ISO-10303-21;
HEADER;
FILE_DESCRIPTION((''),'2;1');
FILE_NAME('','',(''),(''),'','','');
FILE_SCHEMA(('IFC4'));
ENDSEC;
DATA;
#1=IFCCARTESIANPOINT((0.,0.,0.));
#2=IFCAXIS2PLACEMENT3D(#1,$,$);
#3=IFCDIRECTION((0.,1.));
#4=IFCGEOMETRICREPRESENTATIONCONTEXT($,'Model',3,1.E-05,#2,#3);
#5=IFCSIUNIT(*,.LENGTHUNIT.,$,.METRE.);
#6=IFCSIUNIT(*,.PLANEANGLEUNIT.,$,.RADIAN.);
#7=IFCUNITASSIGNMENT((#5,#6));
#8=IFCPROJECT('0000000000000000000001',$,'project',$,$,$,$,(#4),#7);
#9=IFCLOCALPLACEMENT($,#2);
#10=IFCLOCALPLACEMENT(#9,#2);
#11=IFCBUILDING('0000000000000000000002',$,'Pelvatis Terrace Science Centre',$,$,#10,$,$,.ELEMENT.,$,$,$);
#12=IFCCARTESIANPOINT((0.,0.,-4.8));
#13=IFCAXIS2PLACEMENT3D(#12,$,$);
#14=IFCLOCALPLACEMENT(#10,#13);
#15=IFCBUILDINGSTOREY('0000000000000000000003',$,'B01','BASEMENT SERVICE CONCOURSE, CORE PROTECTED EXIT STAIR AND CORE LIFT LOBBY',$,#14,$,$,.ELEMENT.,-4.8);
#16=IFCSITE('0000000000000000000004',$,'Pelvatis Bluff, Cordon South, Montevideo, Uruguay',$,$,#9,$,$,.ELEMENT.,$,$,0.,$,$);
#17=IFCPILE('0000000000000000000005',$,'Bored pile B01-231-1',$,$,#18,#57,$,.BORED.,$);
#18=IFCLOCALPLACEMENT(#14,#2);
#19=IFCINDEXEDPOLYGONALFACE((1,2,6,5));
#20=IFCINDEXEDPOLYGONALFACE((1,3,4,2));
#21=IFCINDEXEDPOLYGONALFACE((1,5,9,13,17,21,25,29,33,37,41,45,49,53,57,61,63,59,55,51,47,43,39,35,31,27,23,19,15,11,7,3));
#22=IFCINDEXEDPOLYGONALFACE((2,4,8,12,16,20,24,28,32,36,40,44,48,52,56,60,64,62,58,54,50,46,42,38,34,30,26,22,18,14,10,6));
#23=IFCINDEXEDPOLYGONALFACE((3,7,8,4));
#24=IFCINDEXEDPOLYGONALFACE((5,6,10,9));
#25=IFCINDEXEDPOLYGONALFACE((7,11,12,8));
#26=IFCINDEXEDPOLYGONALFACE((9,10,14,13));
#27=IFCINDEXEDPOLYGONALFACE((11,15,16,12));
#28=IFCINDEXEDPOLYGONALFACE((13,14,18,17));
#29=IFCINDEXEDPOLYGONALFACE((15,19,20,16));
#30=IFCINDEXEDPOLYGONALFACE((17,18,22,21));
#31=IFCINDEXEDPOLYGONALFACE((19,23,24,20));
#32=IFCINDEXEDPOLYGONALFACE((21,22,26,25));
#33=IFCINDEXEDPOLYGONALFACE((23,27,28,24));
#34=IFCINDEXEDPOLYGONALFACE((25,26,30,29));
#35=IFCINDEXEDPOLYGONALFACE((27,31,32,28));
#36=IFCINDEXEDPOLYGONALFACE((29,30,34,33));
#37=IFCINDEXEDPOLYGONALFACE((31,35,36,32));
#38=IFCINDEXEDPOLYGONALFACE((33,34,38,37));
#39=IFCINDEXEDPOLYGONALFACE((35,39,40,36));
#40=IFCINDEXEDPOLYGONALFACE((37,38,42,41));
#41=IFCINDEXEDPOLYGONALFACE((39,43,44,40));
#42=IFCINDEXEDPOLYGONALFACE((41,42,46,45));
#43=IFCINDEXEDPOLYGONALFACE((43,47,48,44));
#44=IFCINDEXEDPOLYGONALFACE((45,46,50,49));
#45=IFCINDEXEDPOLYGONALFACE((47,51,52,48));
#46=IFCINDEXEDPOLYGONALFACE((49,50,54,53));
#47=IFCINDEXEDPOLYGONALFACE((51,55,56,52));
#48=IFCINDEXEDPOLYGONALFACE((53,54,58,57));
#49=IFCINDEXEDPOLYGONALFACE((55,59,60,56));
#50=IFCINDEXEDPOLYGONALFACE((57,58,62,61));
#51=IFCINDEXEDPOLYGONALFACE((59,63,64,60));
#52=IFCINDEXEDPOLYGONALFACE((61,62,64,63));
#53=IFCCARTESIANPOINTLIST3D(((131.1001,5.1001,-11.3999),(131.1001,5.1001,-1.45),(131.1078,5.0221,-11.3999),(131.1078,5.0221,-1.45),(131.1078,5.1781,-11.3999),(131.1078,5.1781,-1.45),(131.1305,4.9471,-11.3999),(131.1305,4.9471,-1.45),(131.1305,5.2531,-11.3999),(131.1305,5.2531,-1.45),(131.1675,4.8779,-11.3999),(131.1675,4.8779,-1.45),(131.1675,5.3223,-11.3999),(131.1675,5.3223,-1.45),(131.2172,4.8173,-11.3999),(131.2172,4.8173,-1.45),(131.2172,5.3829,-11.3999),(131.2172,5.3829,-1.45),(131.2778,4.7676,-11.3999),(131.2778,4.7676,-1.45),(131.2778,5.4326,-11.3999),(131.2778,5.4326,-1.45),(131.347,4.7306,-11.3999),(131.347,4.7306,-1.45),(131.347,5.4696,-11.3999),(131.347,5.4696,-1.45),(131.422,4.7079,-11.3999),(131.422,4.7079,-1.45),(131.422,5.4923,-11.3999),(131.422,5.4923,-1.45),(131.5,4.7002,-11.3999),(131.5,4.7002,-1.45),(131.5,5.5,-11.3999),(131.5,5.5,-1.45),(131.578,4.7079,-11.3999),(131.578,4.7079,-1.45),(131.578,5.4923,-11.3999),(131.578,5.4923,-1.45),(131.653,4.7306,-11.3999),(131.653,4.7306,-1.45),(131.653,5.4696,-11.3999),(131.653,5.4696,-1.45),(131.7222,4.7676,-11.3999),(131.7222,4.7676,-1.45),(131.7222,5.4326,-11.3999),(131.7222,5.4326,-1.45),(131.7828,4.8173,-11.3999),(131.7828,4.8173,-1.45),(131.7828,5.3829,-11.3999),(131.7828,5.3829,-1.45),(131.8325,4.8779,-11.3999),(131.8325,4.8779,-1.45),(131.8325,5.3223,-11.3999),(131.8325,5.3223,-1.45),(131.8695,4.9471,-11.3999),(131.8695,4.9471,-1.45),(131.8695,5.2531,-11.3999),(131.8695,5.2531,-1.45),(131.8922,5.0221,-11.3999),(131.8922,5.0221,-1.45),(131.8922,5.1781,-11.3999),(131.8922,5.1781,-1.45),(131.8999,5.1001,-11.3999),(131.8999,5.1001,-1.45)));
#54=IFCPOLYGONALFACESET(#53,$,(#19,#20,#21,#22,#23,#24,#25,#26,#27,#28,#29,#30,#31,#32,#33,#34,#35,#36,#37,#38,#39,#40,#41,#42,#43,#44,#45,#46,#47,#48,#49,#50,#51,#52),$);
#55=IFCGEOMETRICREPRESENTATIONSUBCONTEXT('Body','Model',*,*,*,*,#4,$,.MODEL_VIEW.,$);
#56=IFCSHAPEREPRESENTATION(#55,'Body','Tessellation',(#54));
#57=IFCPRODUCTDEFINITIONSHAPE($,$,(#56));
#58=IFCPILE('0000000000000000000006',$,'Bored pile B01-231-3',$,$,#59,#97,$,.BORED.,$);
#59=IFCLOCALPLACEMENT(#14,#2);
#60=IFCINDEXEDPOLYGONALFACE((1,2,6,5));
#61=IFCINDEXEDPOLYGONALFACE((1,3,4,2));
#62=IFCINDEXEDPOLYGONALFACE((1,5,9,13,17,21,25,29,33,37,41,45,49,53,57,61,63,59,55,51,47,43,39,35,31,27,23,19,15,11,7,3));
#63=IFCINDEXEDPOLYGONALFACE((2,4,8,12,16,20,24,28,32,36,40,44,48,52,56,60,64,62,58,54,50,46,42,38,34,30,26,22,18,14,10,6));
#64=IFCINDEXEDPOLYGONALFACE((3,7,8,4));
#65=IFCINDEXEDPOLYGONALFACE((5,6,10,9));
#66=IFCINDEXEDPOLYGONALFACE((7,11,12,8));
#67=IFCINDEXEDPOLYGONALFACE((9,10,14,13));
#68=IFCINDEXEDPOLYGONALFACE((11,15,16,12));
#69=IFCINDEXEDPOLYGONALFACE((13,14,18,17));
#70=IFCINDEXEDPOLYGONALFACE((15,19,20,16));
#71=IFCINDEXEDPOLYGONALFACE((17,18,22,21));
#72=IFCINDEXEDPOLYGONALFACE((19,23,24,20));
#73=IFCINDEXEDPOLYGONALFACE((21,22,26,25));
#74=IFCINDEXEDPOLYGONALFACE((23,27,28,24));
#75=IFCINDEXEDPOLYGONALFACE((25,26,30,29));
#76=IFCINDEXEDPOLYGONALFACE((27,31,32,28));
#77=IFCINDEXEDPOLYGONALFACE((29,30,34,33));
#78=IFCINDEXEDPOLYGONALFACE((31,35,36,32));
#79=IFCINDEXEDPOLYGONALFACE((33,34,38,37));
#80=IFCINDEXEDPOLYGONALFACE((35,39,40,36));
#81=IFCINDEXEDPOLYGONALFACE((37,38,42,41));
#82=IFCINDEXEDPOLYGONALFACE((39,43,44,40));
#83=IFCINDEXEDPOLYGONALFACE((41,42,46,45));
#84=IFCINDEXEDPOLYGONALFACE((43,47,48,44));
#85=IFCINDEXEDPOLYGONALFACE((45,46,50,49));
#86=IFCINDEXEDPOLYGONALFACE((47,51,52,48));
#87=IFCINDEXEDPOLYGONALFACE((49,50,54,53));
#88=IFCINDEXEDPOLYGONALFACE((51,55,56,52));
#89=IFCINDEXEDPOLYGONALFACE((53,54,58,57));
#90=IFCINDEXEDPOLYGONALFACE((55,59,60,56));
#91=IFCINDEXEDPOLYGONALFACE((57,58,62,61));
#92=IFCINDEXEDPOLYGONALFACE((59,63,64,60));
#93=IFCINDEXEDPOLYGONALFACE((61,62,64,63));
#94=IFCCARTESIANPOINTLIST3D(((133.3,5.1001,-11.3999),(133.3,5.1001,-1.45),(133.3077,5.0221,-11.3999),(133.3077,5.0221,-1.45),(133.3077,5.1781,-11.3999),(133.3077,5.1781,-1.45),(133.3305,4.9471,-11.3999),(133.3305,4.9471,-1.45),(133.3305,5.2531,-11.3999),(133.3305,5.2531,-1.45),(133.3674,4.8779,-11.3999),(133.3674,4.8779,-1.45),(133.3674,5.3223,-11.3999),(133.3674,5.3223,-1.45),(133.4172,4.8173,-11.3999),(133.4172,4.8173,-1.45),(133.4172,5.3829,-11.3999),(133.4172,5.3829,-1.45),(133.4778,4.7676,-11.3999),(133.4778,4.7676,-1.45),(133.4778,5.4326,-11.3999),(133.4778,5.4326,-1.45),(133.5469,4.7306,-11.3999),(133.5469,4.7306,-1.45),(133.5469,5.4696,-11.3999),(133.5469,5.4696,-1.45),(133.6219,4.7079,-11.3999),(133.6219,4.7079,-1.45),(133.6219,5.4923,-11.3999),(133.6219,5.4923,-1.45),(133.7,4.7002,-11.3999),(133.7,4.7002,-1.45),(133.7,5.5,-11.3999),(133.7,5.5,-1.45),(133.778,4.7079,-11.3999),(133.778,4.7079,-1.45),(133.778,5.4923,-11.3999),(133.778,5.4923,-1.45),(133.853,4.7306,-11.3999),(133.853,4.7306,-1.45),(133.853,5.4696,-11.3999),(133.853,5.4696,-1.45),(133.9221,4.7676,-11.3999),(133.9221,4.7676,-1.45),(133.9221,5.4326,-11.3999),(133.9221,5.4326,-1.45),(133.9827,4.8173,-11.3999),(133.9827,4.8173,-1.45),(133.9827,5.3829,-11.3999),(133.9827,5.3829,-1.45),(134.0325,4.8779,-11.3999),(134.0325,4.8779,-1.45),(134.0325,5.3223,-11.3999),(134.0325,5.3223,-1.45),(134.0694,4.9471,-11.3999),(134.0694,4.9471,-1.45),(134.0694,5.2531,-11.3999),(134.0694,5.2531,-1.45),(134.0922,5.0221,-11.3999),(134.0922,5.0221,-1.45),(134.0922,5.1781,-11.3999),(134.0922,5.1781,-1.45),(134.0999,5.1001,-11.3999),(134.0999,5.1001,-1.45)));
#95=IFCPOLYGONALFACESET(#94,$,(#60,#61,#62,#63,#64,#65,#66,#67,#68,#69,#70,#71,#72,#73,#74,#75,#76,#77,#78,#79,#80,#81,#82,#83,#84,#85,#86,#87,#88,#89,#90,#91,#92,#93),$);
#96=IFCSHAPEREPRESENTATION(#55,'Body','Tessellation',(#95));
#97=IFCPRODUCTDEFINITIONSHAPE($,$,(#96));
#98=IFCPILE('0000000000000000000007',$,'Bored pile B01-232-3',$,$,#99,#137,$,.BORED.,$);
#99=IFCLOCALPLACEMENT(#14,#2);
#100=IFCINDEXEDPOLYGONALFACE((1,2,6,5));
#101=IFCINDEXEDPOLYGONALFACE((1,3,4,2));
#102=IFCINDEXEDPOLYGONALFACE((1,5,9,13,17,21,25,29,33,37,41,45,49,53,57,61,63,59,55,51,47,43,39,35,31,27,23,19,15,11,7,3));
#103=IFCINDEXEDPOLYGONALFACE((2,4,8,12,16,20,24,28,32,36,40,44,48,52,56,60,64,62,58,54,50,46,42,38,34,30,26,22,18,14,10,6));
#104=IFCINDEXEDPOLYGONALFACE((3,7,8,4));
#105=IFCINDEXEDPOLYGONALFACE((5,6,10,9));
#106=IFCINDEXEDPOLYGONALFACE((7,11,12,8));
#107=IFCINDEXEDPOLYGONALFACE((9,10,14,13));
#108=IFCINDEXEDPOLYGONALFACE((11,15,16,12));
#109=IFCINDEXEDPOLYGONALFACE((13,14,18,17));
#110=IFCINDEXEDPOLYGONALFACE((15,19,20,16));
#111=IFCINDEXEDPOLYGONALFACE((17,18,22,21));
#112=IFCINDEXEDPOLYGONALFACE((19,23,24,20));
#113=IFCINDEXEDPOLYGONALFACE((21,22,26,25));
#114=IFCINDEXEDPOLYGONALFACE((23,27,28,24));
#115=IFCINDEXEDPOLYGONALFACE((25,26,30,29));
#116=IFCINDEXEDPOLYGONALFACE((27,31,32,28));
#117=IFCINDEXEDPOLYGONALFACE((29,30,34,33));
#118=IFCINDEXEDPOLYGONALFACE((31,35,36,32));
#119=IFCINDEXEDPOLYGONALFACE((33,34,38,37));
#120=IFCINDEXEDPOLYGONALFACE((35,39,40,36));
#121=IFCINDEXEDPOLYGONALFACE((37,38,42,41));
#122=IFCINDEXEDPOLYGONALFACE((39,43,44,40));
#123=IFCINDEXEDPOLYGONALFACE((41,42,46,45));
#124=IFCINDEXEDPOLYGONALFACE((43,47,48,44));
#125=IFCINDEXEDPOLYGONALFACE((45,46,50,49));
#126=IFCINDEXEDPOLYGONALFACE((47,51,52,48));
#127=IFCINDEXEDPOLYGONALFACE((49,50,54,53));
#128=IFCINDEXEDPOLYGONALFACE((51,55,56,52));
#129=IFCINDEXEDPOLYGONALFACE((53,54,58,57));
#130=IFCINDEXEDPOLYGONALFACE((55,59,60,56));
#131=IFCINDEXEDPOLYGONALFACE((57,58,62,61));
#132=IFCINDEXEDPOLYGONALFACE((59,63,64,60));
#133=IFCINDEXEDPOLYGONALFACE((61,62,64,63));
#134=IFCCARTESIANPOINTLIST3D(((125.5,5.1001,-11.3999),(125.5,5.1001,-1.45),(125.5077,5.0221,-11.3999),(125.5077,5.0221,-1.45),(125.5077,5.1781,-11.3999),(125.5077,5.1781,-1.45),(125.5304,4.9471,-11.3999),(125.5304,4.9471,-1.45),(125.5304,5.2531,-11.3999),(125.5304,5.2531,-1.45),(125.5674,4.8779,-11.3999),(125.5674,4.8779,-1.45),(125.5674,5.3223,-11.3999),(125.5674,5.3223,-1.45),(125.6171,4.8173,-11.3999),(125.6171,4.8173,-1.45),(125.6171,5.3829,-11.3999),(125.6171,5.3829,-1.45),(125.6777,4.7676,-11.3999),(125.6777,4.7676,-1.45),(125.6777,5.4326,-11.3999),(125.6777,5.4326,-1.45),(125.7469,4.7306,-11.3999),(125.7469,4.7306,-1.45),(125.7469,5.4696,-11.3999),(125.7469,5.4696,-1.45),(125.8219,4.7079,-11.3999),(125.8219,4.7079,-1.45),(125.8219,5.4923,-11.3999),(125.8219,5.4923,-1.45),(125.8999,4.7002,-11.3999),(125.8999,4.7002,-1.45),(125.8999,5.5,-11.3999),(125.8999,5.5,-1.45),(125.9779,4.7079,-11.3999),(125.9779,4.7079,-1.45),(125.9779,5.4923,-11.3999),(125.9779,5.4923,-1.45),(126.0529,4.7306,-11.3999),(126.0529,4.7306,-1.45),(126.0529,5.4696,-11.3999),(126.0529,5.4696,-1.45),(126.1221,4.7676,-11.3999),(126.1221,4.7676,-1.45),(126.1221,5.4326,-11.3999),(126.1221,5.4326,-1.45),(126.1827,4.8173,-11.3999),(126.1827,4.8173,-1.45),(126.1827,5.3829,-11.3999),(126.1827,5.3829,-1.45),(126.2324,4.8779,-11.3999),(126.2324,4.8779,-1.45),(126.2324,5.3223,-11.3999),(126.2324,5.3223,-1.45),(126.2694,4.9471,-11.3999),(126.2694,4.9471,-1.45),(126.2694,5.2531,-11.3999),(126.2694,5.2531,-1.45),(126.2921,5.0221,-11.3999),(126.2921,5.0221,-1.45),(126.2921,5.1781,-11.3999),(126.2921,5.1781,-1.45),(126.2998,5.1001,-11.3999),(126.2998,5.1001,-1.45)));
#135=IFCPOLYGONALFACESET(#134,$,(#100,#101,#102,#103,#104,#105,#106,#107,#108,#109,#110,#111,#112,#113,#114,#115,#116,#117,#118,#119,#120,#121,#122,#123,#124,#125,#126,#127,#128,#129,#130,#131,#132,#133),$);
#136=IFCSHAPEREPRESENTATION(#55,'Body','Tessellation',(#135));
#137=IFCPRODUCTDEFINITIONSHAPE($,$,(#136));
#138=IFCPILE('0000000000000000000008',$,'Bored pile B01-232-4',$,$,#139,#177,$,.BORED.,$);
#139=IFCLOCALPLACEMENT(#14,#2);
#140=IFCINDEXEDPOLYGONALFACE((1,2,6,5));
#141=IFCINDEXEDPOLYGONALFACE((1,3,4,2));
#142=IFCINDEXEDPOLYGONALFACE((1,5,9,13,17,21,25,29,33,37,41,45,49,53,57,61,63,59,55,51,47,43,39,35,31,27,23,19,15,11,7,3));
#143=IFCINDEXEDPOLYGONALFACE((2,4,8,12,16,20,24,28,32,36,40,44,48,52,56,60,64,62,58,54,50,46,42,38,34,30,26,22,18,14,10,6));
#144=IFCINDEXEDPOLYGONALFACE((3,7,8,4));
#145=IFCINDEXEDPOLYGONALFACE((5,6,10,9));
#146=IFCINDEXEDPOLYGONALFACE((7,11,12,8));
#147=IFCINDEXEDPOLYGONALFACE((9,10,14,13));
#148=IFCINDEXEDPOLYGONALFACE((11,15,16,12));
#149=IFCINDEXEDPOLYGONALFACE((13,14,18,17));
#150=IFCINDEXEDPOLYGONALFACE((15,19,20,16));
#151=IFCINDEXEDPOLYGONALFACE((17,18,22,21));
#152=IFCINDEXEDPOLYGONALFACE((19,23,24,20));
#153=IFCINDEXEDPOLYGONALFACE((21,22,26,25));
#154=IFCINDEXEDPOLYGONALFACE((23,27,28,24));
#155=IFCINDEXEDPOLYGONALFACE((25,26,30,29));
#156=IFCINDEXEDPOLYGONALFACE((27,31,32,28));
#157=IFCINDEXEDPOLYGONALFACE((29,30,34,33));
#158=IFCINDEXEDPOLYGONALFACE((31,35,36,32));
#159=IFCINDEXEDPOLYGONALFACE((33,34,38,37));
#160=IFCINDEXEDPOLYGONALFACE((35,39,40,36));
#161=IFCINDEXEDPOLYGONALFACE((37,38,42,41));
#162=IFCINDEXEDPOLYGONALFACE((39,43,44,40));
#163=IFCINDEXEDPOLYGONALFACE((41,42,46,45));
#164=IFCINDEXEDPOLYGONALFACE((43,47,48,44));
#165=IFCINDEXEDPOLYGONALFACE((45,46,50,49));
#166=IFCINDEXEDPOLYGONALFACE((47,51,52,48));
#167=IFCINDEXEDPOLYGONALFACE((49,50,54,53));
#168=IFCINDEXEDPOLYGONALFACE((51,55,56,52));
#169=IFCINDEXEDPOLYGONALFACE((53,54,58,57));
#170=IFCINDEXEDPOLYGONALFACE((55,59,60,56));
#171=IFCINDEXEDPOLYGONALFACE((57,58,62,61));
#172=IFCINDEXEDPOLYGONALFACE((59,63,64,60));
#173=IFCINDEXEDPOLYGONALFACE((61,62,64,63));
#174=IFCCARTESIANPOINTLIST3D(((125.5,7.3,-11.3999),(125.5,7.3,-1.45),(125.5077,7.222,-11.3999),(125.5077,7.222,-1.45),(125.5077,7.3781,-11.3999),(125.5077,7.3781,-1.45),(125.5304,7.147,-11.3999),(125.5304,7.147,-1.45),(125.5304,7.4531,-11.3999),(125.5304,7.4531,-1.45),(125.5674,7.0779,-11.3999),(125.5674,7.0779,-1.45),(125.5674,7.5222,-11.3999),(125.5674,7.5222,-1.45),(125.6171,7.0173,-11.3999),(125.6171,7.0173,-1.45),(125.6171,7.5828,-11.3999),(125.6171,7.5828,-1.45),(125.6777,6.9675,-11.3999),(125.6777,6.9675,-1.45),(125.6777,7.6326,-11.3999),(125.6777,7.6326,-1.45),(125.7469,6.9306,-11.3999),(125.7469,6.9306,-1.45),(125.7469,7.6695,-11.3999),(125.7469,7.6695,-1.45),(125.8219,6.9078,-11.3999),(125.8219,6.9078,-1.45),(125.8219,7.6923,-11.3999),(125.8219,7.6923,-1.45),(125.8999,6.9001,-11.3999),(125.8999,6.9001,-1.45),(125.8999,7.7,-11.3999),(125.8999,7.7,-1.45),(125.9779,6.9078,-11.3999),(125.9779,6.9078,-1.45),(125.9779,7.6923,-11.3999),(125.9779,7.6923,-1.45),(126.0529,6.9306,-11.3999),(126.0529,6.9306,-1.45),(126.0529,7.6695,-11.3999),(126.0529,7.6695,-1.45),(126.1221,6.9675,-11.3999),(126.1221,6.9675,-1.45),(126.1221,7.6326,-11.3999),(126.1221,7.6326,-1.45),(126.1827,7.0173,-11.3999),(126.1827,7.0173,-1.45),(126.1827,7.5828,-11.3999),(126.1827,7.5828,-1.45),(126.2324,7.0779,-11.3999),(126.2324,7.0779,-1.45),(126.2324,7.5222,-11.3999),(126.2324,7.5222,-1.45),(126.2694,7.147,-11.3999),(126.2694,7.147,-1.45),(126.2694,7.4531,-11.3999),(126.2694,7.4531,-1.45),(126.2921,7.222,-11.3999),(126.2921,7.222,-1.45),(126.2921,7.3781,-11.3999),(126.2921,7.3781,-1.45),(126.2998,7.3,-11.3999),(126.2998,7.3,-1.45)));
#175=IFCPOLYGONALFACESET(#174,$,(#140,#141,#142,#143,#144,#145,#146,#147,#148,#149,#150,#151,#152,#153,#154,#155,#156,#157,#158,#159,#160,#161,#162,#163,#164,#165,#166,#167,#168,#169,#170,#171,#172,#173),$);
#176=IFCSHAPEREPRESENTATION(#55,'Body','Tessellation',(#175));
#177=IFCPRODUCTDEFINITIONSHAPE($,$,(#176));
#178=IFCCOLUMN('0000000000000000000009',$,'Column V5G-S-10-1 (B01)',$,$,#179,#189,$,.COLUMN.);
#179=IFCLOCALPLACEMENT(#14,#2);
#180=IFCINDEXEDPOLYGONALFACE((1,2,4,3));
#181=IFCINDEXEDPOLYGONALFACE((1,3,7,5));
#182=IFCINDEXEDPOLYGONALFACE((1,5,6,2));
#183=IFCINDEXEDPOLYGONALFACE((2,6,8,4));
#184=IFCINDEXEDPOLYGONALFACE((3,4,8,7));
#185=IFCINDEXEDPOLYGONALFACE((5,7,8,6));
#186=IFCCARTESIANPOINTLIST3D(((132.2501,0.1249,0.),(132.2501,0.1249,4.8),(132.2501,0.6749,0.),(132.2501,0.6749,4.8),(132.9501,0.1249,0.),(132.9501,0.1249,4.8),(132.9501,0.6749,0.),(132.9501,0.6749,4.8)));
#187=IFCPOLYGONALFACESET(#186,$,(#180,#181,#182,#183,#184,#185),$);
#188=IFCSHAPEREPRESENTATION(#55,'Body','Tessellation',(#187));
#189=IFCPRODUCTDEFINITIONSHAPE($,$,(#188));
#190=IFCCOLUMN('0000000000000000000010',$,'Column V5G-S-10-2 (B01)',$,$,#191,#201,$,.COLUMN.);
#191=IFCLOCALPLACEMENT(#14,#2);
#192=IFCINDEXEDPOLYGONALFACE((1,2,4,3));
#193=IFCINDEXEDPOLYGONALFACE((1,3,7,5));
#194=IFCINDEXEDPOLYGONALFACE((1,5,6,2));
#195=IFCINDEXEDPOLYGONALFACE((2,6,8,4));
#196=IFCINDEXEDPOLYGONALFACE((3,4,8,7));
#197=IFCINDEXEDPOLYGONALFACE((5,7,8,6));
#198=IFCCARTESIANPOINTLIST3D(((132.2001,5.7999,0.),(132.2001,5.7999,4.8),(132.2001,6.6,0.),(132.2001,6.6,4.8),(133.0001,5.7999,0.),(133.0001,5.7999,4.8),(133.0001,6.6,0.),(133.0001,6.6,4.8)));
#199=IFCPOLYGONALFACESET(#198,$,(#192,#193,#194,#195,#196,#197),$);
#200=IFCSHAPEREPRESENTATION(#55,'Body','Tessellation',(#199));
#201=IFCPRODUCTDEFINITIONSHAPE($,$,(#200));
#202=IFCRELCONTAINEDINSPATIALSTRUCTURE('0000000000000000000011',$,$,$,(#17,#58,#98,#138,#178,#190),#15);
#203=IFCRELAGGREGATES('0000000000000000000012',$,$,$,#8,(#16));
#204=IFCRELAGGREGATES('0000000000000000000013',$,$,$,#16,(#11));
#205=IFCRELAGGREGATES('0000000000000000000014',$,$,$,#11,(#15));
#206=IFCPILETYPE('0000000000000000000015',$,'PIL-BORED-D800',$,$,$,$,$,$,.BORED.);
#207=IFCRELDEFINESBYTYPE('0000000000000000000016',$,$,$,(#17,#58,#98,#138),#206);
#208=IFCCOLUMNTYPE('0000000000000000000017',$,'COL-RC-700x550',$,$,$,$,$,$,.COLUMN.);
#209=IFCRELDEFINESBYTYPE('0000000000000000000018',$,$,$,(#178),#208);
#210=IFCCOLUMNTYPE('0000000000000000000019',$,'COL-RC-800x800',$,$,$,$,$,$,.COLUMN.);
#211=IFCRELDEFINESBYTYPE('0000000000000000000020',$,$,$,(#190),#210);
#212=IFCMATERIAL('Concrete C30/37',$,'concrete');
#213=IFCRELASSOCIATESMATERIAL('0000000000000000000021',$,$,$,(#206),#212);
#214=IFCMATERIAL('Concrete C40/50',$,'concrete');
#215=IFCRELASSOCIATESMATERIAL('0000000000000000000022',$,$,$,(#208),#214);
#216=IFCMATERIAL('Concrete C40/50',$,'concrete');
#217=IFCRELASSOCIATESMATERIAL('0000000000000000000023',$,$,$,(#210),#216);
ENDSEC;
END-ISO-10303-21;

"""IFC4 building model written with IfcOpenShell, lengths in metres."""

from ifc_helpers import new_model, si_unit, direction, frame, origin, origin_2d, place, context, subcontext, project, spatial, rectangle, circle, extrude, material, material_profile, profile_set, type_object, element, save


model = new_model("IFC4")

# Units and contexts
model_context = context("Model", 3, precision=1e-05, world=origin(), true_north=direction((0.0, 1.0)))
body_context = subcontext(model_context, "Body", "Model", "MODEL_VIEW")
ifc_project = project(units=[si_unit("LENGTHUNIT", "METRE"), si_unit("PLANEANGLEUNIT", "RADIAN")], contexts=[model_context])

# Site, building, storey
site_placement = place(None, origin())
site = spatial("IfcSite", under=ifc_project, at=site_placement, Name="Pelvatis Bluff, Cordon South, Montevideo, Uruguay", CompositionType="ELEMENT", RefElevation=0.0)
building_placement = place(site_placement, origin())
building = spatial("IfcBuilding", under=site, at=building_placement, Name="Pelvatis Terrace Science Centre", CompositionType="ELEMENT")
storey_placement = place(building_placement, frame((0.0, 0.0, -4.8)))
storey = spatial("IfcBuildingStorey", under=building, at=storey_placement, Name="B01", Description="BASEMENT SERVICE CONCOURSE, CORE PROTECTED EXIT STAIR AND CORE LIFT LOBBY", CompositionType="ELEMENT", Elevation=-4.8)

# Piles
ifc_material_1 = material(Name="Concrete C30/37", Category="concrete")
ifc_material_profile_1 = material_profile(ifc_material_1, circle(Radius=0.3999, at=origin_2d()), Name="PILE D800")
ifc_profile_set_1 = profile_set([ifc_material_profile_1], Name="Concrete C30/37")
pile_type = type_object("IfcPileType", Name="PIL-BORED-D800", PredefinedType="BORED", material=ifc_profile_set_1)
for number, where, z_axis, x_axis, name in (
    (1, (131.5, 5.1001, -1.45), (0.0, 0.0, -1.0), (1.0, 0.0, 0.0), "Bored pile B01-231-1"),
    (2, (133.7, 5.1001, -1.45), (0.0, 0.0, -1.0), (1.0, 0.0, 0.0), "Bored pile B01-231-3"),
    (3, (125.8999, 5.1001, -1.45), (0.0, 0.0, -1.0), (1.0, 0.0, 0.0), "Bored pile B01-232-3"),
    (4, (125.8999, 7.3, -1.45), (0.0, 0.0, -1.0), (1.0, 0.0, 0.0), "Bored pile B01-232-4"),
):
    element("IfcPile", number, at=place(storey_placement, frame(where, z_axis=z_axis, x_axis=x_axis)), inside=storey, type_object=pile_type, Name=name, PredefinedType="BORED", context=body_context, shape_type="SweptSolid", body=[
        extrude(circle(Radius=0.3999, at=origin_2d()), origin(), (0.0, 0.0, 1.0), 9.95),
    ])

# Columns
ifc_material_2 = material(Name="Concrete C40/50", Category="concrete")
ifc_material_profile_2 = material_profile(ifc_material_2, rectangle(XDim=0.7, YDim=0.55, at=origin_2d()), Name="RC-COL 700x550")
ifc_profile_set_2 = profile_set([ifc_material_profile_2], Name="Concrete C40/50")
column_type_1 = type_object("IfcColumnType", Name="COL-RC-700x550", PredefinedType="COLUMN", material=ifc_profile_set_2)
column_1_placement = place(storey_placement, frame((132.6001, 0.3999, 0.0), z_axis=(0.0, 0.0, 1.0), x_axis=(1.0, 0.0, 0.0)))
element("IfcColumn", 5, at=column_1_placement, inside=storey, type_object=column_type_1, Name="Column V5G-S-10-1 (B01)", PredefinedType="COLUMN", context=body_context, shape_type="SweptSolid", body=[
    extrude(rectangle(XDim=0.7, YDim=0.55, at=origin_2d()), origin(), (0.0, 0.0, 1.0), 4.8),
])
ifc_material_3 = material(Name="Concrete C40/50", Category="concrete")
ifc_material_profile_3 = material_profile(ifc_material_3, rectangle(XDim=0.8, YDim=0.8, at=origin_2d()), Name="RC-COL 800x800")
ifc_profile_set_3 = profile_set([ifc_material_profile_3], Name="Concrete C40/50")
column_type_2 = type_object("IfcColumnType", Name="COL-RC-800x800", PredefinedType="COLUMN", material=ifc_profile_set_3)
column_2_placement = place(storey_placement, frame((132.6001, 6.2, 0.0), z_axis=(0.0, 0.0, 1.0), x_axis=(1.0, 0.0, 0.0)))
element("IfcColumn", 6, at=column_2_placement, inside=storey, type_object=column_type_2, Name="Column V5G-S-10-2 (B01)", PredefinedType="COLUMN", context=body_context, shape_type="SweptSolid", body=[
    extrude(rectangle(XDim=0.8, YDim=0.8, at=origin_2d()), origin(), (0.0, 0.0, 1.0), 4.8),
])

save(model, "model.ifc")
